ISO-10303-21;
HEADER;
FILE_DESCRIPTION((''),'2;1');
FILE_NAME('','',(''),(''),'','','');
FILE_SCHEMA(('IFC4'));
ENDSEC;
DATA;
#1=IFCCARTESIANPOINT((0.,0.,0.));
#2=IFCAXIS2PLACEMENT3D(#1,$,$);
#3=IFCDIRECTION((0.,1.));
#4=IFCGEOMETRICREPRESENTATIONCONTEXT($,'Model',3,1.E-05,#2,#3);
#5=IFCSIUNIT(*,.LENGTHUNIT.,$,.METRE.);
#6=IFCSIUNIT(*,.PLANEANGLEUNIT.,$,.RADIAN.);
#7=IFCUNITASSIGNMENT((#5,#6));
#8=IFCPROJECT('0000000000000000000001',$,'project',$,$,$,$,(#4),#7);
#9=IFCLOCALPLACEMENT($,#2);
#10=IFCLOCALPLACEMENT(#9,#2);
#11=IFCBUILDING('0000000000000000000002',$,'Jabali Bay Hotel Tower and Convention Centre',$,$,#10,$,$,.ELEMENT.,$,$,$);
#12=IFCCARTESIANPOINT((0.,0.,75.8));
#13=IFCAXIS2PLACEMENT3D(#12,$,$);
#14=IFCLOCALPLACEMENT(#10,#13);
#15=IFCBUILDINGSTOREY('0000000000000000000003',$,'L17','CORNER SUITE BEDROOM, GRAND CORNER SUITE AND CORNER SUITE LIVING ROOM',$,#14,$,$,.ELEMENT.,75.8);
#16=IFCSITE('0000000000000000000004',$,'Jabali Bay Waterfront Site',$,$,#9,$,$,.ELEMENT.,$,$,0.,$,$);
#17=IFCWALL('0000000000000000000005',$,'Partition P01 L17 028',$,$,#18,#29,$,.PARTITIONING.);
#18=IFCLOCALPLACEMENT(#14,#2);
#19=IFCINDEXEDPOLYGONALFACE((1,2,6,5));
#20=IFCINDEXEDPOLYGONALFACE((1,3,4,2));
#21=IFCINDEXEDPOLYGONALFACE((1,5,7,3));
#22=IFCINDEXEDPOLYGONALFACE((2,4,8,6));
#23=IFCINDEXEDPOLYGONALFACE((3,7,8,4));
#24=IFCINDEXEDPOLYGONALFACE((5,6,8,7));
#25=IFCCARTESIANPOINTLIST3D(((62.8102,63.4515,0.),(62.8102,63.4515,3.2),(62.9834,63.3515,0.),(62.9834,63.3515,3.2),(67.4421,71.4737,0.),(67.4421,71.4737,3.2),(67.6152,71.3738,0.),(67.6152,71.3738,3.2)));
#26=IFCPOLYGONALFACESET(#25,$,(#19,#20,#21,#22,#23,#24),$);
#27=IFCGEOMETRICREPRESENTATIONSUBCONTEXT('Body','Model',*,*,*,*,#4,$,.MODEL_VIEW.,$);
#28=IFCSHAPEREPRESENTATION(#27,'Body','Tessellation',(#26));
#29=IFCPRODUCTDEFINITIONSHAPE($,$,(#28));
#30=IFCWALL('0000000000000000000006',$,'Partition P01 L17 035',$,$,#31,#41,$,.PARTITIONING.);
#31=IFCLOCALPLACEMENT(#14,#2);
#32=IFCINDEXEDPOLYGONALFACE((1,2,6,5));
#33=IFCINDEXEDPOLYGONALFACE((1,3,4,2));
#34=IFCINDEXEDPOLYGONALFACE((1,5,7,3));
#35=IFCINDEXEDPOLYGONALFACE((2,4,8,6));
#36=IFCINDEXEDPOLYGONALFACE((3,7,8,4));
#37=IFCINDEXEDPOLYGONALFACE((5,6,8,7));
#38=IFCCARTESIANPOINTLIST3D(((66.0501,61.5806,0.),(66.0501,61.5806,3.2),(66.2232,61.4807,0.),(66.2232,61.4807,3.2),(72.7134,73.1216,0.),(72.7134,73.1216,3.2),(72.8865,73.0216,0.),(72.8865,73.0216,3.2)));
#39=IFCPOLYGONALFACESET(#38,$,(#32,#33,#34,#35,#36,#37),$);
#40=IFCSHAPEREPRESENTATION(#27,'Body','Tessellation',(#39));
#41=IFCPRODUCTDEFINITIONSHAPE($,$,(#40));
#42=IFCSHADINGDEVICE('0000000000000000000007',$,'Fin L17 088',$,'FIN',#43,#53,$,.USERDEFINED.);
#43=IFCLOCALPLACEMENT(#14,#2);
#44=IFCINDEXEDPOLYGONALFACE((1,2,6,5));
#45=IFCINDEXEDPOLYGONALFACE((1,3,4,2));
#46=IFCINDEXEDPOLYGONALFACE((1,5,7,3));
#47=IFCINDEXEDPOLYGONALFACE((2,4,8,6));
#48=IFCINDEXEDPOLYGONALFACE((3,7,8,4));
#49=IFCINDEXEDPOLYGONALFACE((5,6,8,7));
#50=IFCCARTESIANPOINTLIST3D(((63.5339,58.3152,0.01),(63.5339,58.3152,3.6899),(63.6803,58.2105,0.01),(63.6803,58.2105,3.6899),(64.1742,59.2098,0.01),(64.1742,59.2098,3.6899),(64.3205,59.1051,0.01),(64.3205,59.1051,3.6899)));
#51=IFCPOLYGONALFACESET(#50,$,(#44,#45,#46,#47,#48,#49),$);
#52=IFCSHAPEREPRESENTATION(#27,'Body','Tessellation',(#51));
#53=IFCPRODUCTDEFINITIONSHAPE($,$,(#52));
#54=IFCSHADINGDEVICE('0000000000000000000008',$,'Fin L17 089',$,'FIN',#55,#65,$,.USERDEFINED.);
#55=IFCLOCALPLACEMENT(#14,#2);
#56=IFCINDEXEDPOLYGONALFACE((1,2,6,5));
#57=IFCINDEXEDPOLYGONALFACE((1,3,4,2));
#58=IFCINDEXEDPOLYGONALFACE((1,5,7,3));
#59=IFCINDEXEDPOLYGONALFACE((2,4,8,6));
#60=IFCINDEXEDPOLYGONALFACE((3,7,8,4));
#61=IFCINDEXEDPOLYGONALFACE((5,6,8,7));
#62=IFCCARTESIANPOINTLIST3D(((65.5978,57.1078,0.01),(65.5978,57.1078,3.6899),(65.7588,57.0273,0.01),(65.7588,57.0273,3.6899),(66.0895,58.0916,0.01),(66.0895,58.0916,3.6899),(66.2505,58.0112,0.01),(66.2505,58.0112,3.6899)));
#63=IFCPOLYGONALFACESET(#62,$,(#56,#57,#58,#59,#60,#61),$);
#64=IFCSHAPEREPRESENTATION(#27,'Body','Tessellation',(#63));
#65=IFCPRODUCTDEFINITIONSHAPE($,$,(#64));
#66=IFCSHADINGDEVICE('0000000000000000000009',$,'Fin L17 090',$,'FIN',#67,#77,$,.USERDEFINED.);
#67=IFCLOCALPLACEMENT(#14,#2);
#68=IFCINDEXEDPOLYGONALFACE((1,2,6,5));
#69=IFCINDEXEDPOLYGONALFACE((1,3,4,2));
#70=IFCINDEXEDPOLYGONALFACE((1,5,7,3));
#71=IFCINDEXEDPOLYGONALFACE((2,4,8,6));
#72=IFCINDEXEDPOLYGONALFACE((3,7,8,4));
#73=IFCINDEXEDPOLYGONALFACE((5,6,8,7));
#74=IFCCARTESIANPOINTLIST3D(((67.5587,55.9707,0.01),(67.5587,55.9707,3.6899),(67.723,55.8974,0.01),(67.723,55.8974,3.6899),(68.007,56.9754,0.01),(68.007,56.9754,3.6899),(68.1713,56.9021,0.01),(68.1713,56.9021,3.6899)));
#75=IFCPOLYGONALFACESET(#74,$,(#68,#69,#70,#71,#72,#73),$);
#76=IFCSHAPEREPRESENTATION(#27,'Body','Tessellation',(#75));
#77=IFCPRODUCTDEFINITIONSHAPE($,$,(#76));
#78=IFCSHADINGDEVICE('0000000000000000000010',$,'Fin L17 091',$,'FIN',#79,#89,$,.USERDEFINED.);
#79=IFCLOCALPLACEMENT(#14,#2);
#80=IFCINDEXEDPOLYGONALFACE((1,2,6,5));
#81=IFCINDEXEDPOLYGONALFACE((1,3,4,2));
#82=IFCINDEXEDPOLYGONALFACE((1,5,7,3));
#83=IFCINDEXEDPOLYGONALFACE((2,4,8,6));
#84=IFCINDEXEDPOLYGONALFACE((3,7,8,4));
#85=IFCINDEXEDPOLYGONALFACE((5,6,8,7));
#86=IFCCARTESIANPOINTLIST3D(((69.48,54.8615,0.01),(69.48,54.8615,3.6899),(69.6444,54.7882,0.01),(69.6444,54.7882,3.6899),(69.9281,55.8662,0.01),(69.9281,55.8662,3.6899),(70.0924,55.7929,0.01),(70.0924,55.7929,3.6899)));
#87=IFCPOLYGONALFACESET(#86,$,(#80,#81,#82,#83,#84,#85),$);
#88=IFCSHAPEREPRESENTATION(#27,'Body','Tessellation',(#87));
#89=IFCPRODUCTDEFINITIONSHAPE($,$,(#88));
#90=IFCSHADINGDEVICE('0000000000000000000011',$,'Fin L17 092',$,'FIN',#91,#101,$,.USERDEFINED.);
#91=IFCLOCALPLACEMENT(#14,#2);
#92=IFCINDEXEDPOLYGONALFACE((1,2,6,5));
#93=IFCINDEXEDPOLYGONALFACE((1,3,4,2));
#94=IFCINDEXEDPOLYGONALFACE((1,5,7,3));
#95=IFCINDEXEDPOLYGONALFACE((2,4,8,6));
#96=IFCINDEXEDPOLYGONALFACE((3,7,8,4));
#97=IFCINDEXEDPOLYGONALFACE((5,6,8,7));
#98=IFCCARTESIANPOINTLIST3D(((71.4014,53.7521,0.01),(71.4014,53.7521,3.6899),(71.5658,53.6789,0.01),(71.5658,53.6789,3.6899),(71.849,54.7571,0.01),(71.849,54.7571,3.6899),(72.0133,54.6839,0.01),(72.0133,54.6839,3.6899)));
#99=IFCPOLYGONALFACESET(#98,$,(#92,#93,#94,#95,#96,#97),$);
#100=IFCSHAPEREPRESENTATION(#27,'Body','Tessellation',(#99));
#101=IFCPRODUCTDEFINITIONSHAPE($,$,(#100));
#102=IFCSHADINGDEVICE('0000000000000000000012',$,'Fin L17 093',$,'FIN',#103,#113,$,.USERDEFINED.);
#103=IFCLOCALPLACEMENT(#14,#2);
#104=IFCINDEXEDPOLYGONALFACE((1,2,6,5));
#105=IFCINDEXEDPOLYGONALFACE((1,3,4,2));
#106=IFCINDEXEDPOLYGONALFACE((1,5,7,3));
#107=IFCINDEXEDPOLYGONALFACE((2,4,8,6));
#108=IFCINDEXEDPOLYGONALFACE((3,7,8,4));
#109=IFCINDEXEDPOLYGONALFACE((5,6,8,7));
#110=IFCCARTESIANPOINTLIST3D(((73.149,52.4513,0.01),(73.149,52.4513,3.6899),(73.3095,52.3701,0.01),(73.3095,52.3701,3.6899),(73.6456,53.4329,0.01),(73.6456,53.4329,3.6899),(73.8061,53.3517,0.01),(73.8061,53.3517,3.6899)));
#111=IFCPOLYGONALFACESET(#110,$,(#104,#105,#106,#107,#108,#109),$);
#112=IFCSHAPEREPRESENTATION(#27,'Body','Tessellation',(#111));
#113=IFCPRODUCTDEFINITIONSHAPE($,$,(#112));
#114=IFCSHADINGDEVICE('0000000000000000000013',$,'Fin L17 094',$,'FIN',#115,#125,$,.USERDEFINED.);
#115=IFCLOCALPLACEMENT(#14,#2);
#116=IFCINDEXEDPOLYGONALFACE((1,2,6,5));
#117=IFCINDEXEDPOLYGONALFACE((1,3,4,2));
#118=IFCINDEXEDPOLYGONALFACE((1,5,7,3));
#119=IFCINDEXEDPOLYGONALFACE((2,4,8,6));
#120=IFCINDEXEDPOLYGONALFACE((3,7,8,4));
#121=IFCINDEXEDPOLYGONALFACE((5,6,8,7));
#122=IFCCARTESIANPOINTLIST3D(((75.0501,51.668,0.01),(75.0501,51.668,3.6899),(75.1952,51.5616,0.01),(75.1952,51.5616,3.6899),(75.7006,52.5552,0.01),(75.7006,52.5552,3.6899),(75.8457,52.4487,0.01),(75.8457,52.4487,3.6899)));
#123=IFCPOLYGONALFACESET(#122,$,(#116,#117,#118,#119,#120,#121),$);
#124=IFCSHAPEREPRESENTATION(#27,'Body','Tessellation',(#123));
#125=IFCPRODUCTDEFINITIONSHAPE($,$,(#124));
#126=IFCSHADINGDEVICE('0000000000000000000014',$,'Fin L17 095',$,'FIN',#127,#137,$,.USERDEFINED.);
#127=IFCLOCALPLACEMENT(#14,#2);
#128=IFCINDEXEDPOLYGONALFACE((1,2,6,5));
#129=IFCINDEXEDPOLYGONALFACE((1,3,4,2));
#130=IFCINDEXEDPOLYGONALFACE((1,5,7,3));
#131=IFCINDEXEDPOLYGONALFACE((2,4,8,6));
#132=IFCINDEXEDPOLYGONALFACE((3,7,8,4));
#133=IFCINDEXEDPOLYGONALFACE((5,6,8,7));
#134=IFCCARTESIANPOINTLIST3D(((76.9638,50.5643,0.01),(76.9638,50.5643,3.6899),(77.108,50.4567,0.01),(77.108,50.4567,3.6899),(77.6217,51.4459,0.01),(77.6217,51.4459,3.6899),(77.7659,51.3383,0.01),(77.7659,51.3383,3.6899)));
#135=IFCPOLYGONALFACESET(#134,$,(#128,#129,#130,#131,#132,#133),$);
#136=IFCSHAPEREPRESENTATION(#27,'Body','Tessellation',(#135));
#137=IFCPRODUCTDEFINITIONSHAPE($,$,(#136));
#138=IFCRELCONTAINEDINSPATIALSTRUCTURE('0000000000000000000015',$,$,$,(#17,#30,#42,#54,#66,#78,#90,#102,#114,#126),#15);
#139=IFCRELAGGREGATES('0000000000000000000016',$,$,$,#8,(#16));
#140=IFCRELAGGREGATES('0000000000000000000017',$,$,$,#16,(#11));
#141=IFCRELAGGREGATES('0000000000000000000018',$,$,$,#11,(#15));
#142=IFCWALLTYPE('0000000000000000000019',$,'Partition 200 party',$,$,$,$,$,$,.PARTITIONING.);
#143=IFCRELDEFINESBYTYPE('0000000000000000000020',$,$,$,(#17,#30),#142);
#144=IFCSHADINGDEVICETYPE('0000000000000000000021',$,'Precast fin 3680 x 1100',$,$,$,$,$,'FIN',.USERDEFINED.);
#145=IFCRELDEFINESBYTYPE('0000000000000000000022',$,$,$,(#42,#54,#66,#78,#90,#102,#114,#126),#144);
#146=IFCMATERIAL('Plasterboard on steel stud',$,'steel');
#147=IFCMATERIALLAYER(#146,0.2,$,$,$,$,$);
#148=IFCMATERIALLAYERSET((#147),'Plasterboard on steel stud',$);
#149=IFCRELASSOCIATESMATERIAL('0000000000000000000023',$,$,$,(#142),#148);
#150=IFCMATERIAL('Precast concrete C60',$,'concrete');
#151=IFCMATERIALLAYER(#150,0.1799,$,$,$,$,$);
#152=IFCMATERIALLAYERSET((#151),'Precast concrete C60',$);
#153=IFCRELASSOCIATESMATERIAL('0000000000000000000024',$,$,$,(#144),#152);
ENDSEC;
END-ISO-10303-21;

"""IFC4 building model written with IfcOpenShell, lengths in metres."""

from ifc_helpers import new_model, si_unit, direction, frame, frame_2d, origin, place, context, subcontext, project, spatial, rectangle, extrude, material, layer, layer_set, type_object, element, save


model = new_model("IFC4")

# Units and contexts
model_context = context("Model", 3, precision=1e-05, world=origin(), true_north=direction((0.0, 1.0)))
body_context = subcontext(model_context, "Body", "Model", "MODEL_VIEW")
ifc_project = project(units=[si_unit("LENGTHUNIT", "METRE"), si_unit("PLANEANGLEUNIT", "RADIAN")], contexts=[model_context])

# Site, building, storey
site_placement = place(None, origin())
site = spatial("IfcSite", under=ifc_project, at=site_placement, Name="Jabali Bay Waterfront Site", CompositionType="ELEMENT", RefElevation=0.0)
building_placement = place(site_placement, origin())
building = spatial("IfcBuilding", under=site, at=building_placement, Name="Jabali Bay Hotel Tower and Convention Centre", CompositionType="ELEMENT")
storey_placement = place(building_placement, frame((0.0, 0.0, 75.8)))
storey = spatial("IfcBuildingStorey", under=building, at=storey_placement, Name="L17", Description="CORNER SUITE BEDROOM, GRAND CORNER SUITE AND CORNER SUITE LIVING ROOM", CompositionType="ELEMENT", Elevation=75.8)

# Shared definitions
ifc_material_1 = material(Name="Plasterboard on steel stud", Category="steel")

# Walls
ifc_layer_1 = layer(ifc_material_1, 0.2)
ifc_layer_set_1 = layer_set([ifc_layer_1], Name="Plasterboard on steel stud")
wall_type_1 = type_object("IfcWallType", Name="Partition 200 party", PredefinedType="PARTITIONING", material=ifc_layer_set_1)
wall_1_placement = place(storey_placement, frame((62.8967, 63.4014, 0.0), z_axis=(0.0, 0.0, 1.0), x_axis=(0.500017, 0.866016, 0.0)))
element("IfcWall", 1, at=wall_1_placement, inside=storey, type_object=wall_type_1, Name="Partition P01 L17 028", PredefinedType="PARTITIONING", context=body_context, shape_type="SweptSolid", body=[
    extrude(rectangle(XDim=9.2634, YDim=0.2, at=frame_2d((4.6318, 0.0))), origin(), (0.0, 0.0, 1.0), 3.2),
])
wall_2_placement = place(storey_placement, frame((66.1367, 61.5308, 0.0), z_axis=(0.0, 0.0, 1.0), x_axis=(0.500007, 0.866021, 0.0)))
element("IfcWall", 2, at=wall_2_placement, inside=storey, type_object=wall_type_1, Name="Partition P01 L17 035", PredefinedType="PARTITIONING", context=body_context, shape_type="SweptSolid", body=[
    extrude(rectangle(XDim=13.3264, YDim=0.2, at=frame_2d((6.6631, 0.0))), origin(), (0.0, 0.0, 1.0), 3.2),
])

# Shading devices
ifc_material_2 = material(Name="Precast concrete C60", Category="concrete")
ifc_layer_2 = layer(ifc_material_2, 0.1799)
ifc_layer_set_2 = layer_set([ifc_layer_2], Name="Precast concrete C60")
shading_device_type = type_object("IfcShadingDeviceType", Name="Precast fin 3680 x 1100", ElementType="FIN", PredefinedType="USERDEFINED", material=ifc_layer_set_2)
shading_device_1_placement = place(storey_placement, frame((64.2473, 59.1575, 0.01), z_axis=(0.0, 0.0, 1.0), x_axis=(-0.581952, -0.813223, 0.0)))
element("IfcShadingDevice", 3, at=shading_device_1_placement, inside=storey, type_object=shading_device_type, Name="Fin L17 088", ObjectType="FIN", PredefinedType="USERDEFINED", context=body_context, shape_type="SweptSolid", body=[
    extrude(rectangle(XDim=1.1001, YDim=0.1799, at=frame_2d((0.55, 0.0))), origin(), (0.0, 0.0, 1.0), 3.6799),
])
shading_device_2_placement = place(storey_placement, frame((66.1699, 58.0513, 0.01), z_axis=(0.0, 0.0, 1.0), x_axis=(-0.447036, -0.894516, 0.0)))
element("IfcShadingDevice", 4, at=shading_device_2_placement, inside=storey, type_object=shading_device_type, Name="Fin L17 089", ObjectType="FIN", PredefinedType="USERDEFINED", context=body_context, shape_type="SweptSolid", body=[
    extrude(rectangle(XDim=1.0999, YDim=0.1799, at=frame_2d((0.5498, 0.0))), origin(), (0.0, 0.0, 1.0), 3.6799),
])
for number, where, z_axis, x_axis, name in (
    (5, (68.0891, 56.9387, 0.01), (0.0, 0.0, 1.0), (-0.407456, -0.913225, 0.0), "Fin L17 090"),
    (6, (70.0103, 55.8296, 0.01), (0.0, 0.0, 1.0), (-0.407271, -0.913307, 0.0), "Fin L17 091"),
    (7, (71.9312, 54.7205, 0.01), (0.0, 0.0, 1.0), (-0.406818, -0.913509, 0.0), "Fin L17 092"),
    (8, (73.7258, 53.3923, 0.01), (0.0, 0.0, 1.0), (-0.451381, -0.892331, 0.0), "Fin L17 093"),
    (9, (75.7732, 52.502, 0.01), (0.0, 0.0, 1.0), (-0.591373, -0.806398, 0.0), "Fin L17 094"),
    (10, (77.6938, 51.3921, 0.01), (0.0, 0.0, 1.0), (-0.598116, -0.801409, 0.0), "Fin L17 095"),
):
    element("IfcShadingDevice", number, at=place(storey_placement, frame(where, z_axis=z_axis, x_axis=x_axis)), inside=storey, type_object=shading_device_type, Name=name, ObjectType="FIN", PredefinedType="USERDEFINED", context=body_context, shape_type="SweptSolid", body=[
        extrude(rectangle(XDim=1.1001, YDim=0.1799, at=frame_2d((0.55, 0.0))), origin(), (0.0, 0.0, 1.0), 3.6799),
    ])

save(model, "model.ifc")
